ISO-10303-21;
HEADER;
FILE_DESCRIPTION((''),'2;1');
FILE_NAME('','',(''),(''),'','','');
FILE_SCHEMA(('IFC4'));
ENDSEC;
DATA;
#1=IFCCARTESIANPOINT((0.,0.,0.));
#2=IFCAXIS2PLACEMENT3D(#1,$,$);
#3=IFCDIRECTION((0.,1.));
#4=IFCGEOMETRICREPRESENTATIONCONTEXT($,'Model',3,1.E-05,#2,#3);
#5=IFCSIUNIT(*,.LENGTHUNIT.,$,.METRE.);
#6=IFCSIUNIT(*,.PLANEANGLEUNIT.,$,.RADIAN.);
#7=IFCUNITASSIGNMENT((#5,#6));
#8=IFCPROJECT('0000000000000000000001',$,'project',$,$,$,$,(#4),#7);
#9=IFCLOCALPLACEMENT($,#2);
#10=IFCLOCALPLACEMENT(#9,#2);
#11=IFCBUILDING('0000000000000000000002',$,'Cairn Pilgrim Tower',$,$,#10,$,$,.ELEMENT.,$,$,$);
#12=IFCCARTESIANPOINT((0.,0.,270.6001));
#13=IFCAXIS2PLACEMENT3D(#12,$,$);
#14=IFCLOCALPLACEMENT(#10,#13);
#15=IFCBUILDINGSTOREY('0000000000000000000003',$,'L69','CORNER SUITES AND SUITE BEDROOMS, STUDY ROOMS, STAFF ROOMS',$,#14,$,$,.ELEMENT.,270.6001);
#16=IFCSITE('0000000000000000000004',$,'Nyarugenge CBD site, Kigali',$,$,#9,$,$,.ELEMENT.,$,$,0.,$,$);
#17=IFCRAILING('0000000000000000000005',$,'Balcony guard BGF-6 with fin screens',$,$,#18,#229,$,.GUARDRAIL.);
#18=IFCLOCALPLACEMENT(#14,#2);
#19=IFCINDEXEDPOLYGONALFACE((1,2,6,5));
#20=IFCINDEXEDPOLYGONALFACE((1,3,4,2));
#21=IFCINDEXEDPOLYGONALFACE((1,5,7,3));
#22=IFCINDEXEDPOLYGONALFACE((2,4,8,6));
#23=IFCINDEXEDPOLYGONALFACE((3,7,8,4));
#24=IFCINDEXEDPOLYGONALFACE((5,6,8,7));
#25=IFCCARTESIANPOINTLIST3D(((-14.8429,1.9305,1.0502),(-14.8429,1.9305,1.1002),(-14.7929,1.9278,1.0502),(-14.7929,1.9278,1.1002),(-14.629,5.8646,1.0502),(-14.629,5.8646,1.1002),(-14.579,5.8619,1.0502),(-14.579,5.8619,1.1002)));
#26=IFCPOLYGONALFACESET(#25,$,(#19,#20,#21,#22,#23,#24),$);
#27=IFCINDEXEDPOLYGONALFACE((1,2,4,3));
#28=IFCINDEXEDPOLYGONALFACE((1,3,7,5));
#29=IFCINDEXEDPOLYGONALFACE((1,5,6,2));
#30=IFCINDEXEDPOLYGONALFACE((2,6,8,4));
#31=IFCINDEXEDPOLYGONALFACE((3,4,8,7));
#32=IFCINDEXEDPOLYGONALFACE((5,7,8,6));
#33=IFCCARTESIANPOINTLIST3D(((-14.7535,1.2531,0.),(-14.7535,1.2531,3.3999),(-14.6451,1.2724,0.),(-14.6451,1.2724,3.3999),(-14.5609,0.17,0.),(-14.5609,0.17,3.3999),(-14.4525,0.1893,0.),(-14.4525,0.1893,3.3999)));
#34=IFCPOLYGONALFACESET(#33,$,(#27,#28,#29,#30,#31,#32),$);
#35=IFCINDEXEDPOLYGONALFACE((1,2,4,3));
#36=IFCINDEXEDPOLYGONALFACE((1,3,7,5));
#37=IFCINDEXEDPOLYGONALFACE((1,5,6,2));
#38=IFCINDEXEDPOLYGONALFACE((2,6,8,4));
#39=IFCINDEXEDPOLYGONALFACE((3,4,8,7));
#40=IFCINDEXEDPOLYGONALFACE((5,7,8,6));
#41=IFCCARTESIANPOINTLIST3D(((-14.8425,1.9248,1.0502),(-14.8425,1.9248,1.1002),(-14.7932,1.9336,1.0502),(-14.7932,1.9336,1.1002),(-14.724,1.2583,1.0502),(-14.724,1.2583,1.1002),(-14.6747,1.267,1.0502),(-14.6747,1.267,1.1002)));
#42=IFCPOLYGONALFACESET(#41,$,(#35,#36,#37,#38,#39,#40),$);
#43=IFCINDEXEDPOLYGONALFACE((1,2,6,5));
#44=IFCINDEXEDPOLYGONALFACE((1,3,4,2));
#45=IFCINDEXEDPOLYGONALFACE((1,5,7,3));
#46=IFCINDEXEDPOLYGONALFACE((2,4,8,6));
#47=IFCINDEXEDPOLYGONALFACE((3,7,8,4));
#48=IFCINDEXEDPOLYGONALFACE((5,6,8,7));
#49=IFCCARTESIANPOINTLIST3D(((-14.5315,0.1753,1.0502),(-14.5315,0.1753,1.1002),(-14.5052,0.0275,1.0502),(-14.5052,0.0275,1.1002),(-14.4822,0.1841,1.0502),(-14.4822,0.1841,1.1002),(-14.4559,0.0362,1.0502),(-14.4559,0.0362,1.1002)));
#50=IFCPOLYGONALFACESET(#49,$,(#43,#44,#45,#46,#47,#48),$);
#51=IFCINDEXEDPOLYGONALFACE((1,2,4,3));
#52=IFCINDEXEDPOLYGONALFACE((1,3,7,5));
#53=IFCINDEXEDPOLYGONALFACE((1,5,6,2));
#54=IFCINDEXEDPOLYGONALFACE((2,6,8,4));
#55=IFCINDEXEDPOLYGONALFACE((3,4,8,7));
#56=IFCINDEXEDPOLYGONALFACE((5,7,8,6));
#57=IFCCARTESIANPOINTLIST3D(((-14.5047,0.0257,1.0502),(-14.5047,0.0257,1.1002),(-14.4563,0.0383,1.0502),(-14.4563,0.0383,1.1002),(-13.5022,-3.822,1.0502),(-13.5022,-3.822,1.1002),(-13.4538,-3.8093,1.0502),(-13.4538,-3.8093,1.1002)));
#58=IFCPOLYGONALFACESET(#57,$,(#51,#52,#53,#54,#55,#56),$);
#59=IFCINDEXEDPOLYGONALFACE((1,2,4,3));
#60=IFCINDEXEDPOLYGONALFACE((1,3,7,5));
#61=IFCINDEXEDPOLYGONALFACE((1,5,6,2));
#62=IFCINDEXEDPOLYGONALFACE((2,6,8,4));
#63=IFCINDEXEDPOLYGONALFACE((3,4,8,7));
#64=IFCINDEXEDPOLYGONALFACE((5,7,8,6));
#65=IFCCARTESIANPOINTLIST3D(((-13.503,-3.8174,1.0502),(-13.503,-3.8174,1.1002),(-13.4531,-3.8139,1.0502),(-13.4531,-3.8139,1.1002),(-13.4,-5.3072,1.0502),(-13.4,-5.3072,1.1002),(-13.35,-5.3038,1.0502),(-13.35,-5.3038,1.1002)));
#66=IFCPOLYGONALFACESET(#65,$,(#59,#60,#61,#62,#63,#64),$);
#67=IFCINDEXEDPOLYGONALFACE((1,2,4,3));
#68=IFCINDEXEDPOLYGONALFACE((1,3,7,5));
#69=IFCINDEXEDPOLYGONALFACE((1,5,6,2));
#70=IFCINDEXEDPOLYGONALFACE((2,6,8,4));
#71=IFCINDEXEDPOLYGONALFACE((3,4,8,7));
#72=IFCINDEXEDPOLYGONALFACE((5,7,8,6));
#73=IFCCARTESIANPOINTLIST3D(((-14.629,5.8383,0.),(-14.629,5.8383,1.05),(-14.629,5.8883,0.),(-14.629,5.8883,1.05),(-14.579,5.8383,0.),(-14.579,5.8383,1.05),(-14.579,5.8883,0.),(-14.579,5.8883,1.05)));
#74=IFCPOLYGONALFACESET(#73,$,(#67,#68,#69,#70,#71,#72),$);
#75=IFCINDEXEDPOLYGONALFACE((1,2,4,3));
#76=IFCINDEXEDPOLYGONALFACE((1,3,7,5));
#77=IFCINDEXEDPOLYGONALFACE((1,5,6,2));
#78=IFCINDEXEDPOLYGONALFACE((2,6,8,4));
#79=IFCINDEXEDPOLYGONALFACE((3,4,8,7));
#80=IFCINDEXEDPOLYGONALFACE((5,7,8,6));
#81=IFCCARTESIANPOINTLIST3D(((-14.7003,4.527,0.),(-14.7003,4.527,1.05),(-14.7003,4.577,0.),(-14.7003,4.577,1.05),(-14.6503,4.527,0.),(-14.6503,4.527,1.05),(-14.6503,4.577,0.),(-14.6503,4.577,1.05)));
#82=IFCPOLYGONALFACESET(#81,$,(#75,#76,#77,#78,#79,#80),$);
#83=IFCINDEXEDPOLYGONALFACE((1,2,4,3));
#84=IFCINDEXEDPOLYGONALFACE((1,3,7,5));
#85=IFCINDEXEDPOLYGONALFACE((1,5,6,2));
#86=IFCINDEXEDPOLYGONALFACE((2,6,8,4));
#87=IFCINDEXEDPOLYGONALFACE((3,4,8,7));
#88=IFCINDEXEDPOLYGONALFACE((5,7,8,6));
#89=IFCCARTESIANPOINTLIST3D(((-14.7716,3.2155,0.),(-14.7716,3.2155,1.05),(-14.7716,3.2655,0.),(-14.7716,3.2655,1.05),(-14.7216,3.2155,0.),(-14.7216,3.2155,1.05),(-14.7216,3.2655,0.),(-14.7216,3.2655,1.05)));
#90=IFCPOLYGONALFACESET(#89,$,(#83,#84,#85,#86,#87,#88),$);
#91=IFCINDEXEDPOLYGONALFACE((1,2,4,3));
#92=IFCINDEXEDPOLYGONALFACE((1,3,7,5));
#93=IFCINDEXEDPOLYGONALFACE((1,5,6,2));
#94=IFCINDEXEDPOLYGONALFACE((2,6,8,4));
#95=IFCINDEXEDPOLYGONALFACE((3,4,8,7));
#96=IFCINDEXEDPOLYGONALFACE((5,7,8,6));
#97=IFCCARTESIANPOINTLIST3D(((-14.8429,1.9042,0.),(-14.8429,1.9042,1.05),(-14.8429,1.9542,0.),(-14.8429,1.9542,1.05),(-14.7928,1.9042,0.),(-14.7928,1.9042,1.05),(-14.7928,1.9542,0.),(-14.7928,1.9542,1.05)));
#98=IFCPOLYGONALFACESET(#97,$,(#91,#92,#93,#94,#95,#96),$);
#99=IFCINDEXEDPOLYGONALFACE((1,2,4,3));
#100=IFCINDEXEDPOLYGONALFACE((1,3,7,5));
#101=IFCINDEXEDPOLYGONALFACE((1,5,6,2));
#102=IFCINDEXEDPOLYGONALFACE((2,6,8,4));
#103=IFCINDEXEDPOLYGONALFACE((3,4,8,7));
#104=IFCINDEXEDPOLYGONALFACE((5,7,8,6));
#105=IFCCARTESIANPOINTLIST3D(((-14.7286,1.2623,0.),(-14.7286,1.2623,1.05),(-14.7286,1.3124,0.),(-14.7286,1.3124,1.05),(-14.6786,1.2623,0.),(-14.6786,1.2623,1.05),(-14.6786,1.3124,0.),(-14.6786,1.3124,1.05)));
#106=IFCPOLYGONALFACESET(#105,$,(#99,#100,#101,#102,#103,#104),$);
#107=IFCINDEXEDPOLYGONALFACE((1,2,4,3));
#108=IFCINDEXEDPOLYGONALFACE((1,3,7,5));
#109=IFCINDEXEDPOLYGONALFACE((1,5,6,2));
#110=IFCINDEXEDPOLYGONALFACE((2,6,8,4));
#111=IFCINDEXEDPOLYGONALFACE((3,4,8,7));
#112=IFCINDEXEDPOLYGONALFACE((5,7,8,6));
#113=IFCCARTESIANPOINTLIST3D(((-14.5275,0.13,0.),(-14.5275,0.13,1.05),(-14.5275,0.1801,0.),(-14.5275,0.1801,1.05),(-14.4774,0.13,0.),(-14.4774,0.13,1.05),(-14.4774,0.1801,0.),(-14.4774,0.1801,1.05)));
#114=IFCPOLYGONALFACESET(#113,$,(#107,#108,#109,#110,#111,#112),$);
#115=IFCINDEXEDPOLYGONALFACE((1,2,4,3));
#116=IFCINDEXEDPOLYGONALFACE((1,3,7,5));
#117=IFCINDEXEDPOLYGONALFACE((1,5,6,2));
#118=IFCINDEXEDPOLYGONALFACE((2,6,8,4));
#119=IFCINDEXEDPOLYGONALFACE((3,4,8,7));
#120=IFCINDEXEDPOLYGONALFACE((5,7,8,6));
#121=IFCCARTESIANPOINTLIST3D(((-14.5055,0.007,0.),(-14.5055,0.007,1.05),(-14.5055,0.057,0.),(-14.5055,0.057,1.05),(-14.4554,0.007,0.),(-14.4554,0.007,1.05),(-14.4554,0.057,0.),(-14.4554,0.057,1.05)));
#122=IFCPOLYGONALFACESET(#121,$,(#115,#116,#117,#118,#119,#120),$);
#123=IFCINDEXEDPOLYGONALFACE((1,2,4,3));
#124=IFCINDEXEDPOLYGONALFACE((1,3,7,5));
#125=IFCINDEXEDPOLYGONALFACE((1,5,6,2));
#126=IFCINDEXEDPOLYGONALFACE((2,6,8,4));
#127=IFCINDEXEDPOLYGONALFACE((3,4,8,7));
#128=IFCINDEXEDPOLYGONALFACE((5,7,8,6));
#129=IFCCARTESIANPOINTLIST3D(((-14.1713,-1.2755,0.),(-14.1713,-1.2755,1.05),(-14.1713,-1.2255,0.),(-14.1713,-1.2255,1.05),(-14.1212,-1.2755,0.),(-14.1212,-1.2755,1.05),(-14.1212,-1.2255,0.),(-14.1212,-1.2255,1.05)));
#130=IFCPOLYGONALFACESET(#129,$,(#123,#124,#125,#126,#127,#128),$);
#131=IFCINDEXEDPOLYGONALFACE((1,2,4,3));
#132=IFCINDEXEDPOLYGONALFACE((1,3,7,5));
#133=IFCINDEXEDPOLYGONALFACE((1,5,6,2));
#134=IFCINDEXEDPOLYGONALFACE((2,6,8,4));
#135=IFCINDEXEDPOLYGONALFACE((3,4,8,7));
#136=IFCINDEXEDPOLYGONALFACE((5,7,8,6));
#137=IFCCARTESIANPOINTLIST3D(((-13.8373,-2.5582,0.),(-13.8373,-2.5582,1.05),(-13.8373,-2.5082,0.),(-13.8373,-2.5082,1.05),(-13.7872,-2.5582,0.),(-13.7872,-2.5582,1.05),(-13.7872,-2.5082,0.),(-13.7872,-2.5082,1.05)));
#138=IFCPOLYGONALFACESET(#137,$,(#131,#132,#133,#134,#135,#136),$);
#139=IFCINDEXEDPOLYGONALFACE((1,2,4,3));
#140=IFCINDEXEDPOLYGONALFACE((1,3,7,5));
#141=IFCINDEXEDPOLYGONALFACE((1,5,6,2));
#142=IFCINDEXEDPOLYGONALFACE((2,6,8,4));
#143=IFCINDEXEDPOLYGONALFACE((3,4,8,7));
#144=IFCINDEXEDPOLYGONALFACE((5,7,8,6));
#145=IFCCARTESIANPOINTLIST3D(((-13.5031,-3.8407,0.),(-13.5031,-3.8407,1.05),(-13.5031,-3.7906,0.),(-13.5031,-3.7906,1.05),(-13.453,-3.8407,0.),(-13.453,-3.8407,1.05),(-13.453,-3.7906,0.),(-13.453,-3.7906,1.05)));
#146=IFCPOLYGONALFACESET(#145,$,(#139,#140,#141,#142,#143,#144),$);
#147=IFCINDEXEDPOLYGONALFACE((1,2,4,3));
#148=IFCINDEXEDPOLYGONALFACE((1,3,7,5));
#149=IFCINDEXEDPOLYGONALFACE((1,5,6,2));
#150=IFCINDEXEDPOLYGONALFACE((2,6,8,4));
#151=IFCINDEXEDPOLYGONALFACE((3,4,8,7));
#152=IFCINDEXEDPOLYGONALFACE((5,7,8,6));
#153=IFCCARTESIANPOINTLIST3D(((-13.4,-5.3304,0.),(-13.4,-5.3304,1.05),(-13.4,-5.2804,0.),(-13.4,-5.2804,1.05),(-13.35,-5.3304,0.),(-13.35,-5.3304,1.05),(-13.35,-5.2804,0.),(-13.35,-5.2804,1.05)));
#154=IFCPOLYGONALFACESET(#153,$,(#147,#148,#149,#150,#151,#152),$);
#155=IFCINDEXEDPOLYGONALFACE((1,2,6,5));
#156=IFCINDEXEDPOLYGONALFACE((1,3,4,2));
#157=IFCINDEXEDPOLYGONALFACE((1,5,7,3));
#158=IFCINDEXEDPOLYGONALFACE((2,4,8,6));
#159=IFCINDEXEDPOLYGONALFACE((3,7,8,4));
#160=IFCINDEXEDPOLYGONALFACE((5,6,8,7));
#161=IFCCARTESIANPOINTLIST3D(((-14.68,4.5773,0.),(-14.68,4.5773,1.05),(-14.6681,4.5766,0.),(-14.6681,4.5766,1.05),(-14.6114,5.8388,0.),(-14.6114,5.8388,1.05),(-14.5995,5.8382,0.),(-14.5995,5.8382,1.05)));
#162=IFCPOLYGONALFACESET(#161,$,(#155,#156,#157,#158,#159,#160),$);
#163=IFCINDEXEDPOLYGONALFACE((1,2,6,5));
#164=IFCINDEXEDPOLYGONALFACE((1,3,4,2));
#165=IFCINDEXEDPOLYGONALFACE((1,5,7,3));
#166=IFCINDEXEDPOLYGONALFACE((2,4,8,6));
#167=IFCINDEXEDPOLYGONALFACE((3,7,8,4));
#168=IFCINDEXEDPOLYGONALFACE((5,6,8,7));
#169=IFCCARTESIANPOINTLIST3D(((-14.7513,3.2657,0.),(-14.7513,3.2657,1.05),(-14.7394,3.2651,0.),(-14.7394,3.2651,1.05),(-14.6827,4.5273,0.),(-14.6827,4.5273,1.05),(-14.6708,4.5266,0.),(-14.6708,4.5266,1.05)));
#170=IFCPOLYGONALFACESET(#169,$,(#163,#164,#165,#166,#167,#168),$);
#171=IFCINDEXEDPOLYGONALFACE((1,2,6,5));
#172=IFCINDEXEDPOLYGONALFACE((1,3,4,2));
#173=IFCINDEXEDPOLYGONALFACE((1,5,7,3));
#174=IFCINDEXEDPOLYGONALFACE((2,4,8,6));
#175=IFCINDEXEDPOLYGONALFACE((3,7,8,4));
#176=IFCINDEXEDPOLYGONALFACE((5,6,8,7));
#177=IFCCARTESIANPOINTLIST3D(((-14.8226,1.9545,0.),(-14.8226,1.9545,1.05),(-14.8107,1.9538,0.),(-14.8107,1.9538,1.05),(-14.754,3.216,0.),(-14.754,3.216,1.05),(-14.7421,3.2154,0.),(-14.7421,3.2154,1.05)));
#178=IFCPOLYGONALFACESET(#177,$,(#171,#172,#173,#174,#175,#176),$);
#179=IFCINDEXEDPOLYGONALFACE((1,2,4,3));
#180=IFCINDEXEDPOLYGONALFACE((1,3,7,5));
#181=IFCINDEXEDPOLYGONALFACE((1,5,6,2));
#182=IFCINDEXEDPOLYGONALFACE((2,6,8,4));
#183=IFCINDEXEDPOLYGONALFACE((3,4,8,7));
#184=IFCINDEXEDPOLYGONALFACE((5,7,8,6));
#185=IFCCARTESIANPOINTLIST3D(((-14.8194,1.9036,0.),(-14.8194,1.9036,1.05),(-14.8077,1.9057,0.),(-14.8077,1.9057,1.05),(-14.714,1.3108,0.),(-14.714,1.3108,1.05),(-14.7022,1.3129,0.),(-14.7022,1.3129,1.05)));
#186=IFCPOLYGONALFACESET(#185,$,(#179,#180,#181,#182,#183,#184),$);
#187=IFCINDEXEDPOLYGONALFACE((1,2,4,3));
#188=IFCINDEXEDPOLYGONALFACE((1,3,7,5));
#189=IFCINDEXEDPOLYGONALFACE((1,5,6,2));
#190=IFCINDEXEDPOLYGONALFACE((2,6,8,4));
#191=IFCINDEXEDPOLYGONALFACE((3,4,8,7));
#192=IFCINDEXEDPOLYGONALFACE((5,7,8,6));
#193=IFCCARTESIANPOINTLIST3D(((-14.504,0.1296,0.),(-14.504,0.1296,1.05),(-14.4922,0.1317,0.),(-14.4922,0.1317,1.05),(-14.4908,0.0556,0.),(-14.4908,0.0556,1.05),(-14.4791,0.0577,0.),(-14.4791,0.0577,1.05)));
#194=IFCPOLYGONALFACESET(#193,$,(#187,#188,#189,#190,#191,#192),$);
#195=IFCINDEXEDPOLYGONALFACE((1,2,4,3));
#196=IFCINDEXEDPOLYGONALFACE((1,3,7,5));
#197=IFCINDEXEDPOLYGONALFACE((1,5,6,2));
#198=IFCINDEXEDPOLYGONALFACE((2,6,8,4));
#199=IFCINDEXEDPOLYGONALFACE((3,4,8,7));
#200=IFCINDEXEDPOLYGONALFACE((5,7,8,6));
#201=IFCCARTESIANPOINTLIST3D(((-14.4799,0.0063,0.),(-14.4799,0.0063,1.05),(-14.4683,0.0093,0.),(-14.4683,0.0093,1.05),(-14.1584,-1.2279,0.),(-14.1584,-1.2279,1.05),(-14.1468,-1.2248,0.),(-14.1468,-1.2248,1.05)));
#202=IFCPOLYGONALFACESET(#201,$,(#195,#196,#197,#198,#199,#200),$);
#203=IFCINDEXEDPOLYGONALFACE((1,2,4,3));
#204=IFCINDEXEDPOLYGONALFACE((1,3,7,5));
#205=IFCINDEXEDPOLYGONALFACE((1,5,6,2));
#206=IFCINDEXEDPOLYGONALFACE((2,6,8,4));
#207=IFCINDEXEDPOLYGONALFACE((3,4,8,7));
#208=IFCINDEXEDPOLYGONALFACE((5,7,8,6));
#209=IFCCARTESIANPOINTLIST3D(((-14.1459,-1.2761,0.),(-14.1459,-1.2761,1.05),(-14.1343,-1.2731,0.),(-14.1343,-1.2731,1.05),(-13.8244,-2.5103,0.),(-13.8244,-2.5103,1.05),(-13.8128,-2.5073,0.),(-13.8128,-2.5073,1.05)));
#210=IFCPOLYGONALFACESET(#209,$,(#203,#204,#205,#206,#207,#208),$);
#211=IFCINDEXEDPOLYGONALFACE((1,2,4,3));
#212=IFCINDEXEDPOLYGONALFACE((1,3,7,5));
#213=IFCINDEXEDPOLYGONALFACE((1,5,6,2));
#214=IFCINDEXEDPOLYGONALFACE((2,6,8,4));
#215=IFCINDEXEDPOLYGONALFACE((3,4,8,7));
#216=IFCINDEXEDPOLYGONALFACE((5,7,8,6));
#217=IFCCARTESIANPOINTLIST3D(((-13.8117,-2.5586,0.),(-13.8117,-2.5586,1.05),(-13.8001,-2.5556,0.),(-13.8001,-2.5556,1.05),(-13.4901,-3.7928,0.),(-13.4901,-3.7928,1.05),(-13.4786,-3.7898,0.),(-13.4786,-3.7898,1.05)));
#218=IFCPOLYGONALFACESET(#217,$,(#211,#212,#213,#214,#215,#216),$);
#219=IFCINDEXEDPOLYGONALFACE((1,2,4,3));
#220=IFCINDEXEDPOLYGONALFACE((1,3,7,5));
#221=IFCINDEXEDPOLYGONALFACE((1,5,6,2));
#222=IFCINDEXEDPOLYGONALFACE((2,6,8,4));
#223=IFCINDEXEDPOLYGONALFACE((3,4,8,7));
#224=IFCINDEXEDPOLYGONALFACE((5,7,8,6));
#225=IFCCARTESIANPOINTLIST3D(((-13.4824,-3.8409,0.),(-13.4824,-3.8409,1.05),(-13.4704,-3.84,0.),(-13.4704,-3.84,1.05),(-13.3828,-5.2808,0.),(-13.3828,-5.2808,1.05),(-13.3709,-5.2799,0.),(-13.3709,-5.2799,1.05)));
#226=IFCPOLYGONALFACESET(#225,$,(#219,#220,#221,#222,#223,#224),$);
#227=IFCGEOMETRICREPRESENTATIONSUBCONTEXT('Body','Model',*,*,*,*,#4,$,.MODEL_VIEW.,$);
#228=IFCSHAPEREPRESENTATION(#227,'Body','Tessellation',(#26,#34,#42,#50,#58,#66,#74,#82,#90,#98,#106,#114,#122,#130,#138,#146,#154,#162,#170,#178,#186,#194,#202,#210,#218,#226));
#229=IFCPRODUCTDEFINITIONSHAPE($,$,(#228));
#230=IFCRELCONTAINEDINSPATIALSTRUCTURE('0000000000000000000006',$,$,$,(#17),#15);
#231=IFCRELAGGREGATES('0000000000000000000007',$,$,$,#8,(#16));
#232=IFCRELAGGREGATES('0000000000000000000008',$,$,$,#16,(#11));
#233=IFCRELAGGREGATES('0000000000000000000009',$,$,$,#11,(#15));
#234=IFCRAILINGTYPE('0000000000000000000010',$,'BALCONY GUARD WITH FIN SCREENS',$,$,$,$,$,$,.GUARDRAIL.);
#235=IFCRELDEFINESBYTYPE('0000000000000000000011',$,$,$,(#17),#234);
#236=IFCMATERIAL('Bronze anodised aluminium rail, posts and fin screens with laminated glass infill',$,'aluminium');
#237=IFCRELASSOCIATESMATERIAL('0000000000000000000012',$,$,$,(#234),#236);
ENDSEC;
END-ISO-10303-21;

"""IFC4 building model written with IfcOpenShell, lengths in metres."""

from ifc_helpers import new_model, si_unit, direction, frame, origin, origin_2d, place, context, subcontext, project, spatial, polyline, rectangle, outline, extrude, material, type_object, element, save


model = new_model("IFC4")

# Units and contexts
model_context = context("Model", 3, precision=1e-05, world=origin(), true_north=direction((0.0, 1.0)))
body_context = subcontext(model_context, "Body", "Model", "MODEL_VIEW")
ifc_project = project(units=[si_unit("LENGTHUNIT", "METRE"), si_unit("PLANEANGLEUNIT", "RADIAN")], contexts=[model_context])

# Site, building, storey
site_placement = place(None, origin())
site = spatial("IfcSite", under=ifc_project, at=site_placement, Name="Nyarugenge CBD site, Kigali", CompositionType="ELEMENT", RefElevation=0.0)
building_placement = place(site_placement, origin())
building = spatial("IfcBuilding", under=site, at=building_placement, Name="Cairn Pilgrim Tower", CompositionType="ELEMENT")
storey_placement = place(building_placement, frame((0.0, 0.0, 270.6001)))
storey = spatial("IfcBuildingStorey", under=building, at=storey_placement, Name="L69", Description="CORNER SUITES AND SUITE BEDROOMS, STUDY ROOMS, STAFF ROOMS", CompositionType="ELEMENT", Elevation=270.6001)

# Railing
ifc_material_1 = material(Name="Bronze anodised aluminium rail, posts and fin screens with laminated glass infill", Category="aluminium")
railing_type = type_object("IfcRailingType", Name="BALCONY GUARD WITH FIN SCREENS", PredefinedType="GUARDRAIL", material=ifc_material_1)
railing_placement = place(storey_placement, frame((-14.604, 5.8633, 0.0)))
element("IfcRailing", 1, at=railing_placement, inside=storey, type_object=railing_type, Name="Balcony guard BGF-6 with fin screens", PredefinedType="GUARDRAIL", context=body_context, shape_type="SweptSolid", body=[
    extrude(rectangle(XDim=0.05, YDim=0.05, at=origin_2d()), frame((0.0, 0.0, 1.0752), z_axis=(-0.054283, -0.998526, 0.0), x_axis=(0.998526, -0.054283, 0.0)), (0.0, 0.0, 1.0), 3.9399),
    extrude(rectangle(XDim=1.1001, YDim=0.1101, at=origin_2d()), frame((0.001, -5.1421, 0.0), z_axis=(0.0, 0.0, 1.0), x_axis=(0.175093, -0.984552, 0.0)), (0.0, 0.0, 1.0), 3.3999),
    extrude(rectangle(XDim=0.05, YDim=0.05, at=origin_2d()), frame((-0.2139, -3.9341, 1.0752), z_axis=(0.175093, -0.984552, 0.0), x_axis=(0.984552, 0.175093, 0.0)), (0.0, 0.0, 1.0), 0.677),
    extrude(rectangle(XDim=0.05, YDim=0.05, at=origin_2d()), frame((0.0972, -5.6836, 1.0752), z_axis=(0.175093, -0.984552, 0.0), x_axis=(0.984552, 0.175093, 0.0)), (0.0, 0.0, 1.0), 0.1501),
    extrude(rectangle(XDim=0.05, YDim=0.05, at=origin_2d()), frame((0.1235, -5.8313, 1.0752), z_axis=(0.252117, -0.967697, 0.0), x_axis=(0.967697, 0.252117, 0.0)), (0.0, 0.0, 1.0), 3.9761),
    extrude(rectangle(XDim=0.05, YDim=0.05, at=origin_2d()), frame((1.126, -9.679, 1.0752), z_axis=(0.068993, -0.997617, 0.0), x_axis=(0.997617, 0.068993, 0.0)), (0.0, 0.0, 1.0), 1.4934),
    extrude(rectangle(XDim=0.05, YDim=0.05, at=origin_2d()), origin(), (0.0, 0.0, 1.0), 1.05),
    extrude(rectangle(XDim=0.05, YDim=0.05, at=origin_2d()), frame((-0.0713, -1.3113, 0.0)), (0.0, 0.0, 1.0), 1.05),
    extrude(rectangle(XDim=0.05, YDim=0.05, at=origin_2d()), frame((-0.1426, -2.6228, 0.0)), (0.0, 0.0, 1.0), 1.05),
    extrude(rectangle(XDim=0.05, YDim=0.05, at=origin_2d()), frame((-0.2139, -3.9341, 0.0)), (0.0, 0.0, 1.0), 1.05),
    extrude(rectangle(XDim=0.05, YDim=0.05, at=origin_2d()), frame((-0.0996, -4.5759, 0.0)), (0.0, 0.0, 1.0), 1.05),
    extrude(rectangle(XDim=0.05, YDim=0.05, at=origin_2d()), frame((0.1016, -5.7083, 0.0)), (0.0, 0.0, 1.0), 1.05),
    extrude(rectangle(XDim=0.05, YDim=0.05, at=origin_2d()), frame((0.1235, -5.8313, 0.0)), (0.0, 0.0, 1.0), 1.05),
    extrude(rectangle(XDim=0.05, YDim=0.05, at=origin_2d()), frame((0.4578, -7.1138, 0.0)), (0.0, 0.0, 1.0), 1.05),
    extrude(rectangle(XDim=0.05, YDim=0.05, at=origin_2d()), frame((0.7917, -8.3965, 0.0)), (0.0, 0.0, 1.0), 1.05),
    extrude(rectangle(XDim=0.05, YDim=0.05, at=origin_2d()), frame((1.126, -9.679, 0.0)), (0.0, 0.0, 1.0), 1.05),
    extrude(rectangle(XDim=0.05, YDim=0.05, at=origin_2d()), frame((1.229, -11.1687, 0.0)), (0.0, 0.0, 1.0), 1.05),
    extrude(outline(polyline([(0.0249, 0.0), (1.2883, 0.0), (1.2883, 1.05), (0.0249, 1.05), (0.0249, 0.0)])), frame((0.0059, -0.0002, 0.0), z_axis=(-0.998526, 0.054283, 0.0), x_axis=(-0.054283, -0.998526, 0.0)), (0.0, 0.0, 1.0), 0.012),
    extrude(outline(polyline([(0.0249, 0.0), (1.2883, 0.0), (1.2883, 1.05), (0.0249, 1.05), (0.0249, 0.0)])), frame((-0.0654, -1.3118, 0.0), z_axis=(-0.998526, 0.054283, 0.0), x_axis=(-0.054283, -0.998526, 0.0)), (0.0, 0.0, 1.0), 0.012),
    extrude(outline(polyline([(0.0249, 0.0), (1.2883, 0.0), (1.2883, 1.05), (0.0249, 1.05), (0.0249, 0.0)])), frame((-0.1367, -2.623, 0.0), z_axis=(-0.998526, 0.054283, 0.0), x_axis=(-0.054283, -0.998526, 0.0)), (0.0, 0.0, 1.0), 0.012),
    extrude(outline(polyline([(0.0249, 0.0), (0.627, 0.0), (0.627, 1.05), (0.0249, 1.05), (0.0249, 0.0)])), frame((-0.208, -3.9331, 0.0), z_axis=(-0.984552, -0.175093, 0.0), x_axis=(0.175093, -0.984552, 0.0)), (0.0, 0.0, 1.0), 0.012),
    extrude(outline(polyline([(0.0249, 0.0), (0.1001, 0.0), (0.1001, 1.05), (0.0249, 1.05), (0.0249, 0.0)])), frame((0.1074, -5.707, 0.0), z_axis=(-0.984552, -0.175093, 0.0), x_axis=(0.175093, -0.984552, 0.0)), (0.0, 0.0, 1.0), 0.012),
    extrude(outline(polyline([(0.0249, 0.0), (1.3003, 0.0), (1.3003, 1.05), (0.0249, 1.05), (0.0249, 0.0)])), frame((0.1294, -5.8298, 0.0), z_axis=(-0.967697, -0.252117, 0.0), x_axis=(0.252117, -0.967697, 0.0)), (0.0, 0.0, 1.0), 0.012),
    extrude(outline(polyline([(0.0249, 0.0), (1.3003, 0.0), (1.3003, 1.05), (0.0249, 1.05), (0.0249, 0.0)])), frame((0.4634, -7.1123, 0.0), z_axis=(-0.967697, -0.252117, 0.0), x_axis=(0.252117, -0.967697, 0.0)), (0.0, 0.0, 1.0), 0.012),
    extrude(outline(polyline([(0.0249, 0.0), (1.3003, 0.0), (1.3003, 1.05), (0.0249, 1.05), (0.0249, 0.0)])), frame((0.7976, -8.3948, 0.0), z_axis=(-0.967697, -0.252117, 0.0), x_axis=(0.252117, -0.967697, 0.0)), (0.0, 0.0, 1.0), 0.012),
    extrude(outline(polyline([(0.0249, 0.0), (1.4683, 0.0), (1.4683, 1.05), (0.0249, 1.05), (0.0249, 0.0)])), frame((1.1318, -9.6785, 0.0), z_axis=(-0.997617, -0.068993, 0.0), x_axis=(0.068993, -0.997617, 0.0)), (0.0, 0.0, 1.0), 0.012),
])

save(model, "model.ifc")
